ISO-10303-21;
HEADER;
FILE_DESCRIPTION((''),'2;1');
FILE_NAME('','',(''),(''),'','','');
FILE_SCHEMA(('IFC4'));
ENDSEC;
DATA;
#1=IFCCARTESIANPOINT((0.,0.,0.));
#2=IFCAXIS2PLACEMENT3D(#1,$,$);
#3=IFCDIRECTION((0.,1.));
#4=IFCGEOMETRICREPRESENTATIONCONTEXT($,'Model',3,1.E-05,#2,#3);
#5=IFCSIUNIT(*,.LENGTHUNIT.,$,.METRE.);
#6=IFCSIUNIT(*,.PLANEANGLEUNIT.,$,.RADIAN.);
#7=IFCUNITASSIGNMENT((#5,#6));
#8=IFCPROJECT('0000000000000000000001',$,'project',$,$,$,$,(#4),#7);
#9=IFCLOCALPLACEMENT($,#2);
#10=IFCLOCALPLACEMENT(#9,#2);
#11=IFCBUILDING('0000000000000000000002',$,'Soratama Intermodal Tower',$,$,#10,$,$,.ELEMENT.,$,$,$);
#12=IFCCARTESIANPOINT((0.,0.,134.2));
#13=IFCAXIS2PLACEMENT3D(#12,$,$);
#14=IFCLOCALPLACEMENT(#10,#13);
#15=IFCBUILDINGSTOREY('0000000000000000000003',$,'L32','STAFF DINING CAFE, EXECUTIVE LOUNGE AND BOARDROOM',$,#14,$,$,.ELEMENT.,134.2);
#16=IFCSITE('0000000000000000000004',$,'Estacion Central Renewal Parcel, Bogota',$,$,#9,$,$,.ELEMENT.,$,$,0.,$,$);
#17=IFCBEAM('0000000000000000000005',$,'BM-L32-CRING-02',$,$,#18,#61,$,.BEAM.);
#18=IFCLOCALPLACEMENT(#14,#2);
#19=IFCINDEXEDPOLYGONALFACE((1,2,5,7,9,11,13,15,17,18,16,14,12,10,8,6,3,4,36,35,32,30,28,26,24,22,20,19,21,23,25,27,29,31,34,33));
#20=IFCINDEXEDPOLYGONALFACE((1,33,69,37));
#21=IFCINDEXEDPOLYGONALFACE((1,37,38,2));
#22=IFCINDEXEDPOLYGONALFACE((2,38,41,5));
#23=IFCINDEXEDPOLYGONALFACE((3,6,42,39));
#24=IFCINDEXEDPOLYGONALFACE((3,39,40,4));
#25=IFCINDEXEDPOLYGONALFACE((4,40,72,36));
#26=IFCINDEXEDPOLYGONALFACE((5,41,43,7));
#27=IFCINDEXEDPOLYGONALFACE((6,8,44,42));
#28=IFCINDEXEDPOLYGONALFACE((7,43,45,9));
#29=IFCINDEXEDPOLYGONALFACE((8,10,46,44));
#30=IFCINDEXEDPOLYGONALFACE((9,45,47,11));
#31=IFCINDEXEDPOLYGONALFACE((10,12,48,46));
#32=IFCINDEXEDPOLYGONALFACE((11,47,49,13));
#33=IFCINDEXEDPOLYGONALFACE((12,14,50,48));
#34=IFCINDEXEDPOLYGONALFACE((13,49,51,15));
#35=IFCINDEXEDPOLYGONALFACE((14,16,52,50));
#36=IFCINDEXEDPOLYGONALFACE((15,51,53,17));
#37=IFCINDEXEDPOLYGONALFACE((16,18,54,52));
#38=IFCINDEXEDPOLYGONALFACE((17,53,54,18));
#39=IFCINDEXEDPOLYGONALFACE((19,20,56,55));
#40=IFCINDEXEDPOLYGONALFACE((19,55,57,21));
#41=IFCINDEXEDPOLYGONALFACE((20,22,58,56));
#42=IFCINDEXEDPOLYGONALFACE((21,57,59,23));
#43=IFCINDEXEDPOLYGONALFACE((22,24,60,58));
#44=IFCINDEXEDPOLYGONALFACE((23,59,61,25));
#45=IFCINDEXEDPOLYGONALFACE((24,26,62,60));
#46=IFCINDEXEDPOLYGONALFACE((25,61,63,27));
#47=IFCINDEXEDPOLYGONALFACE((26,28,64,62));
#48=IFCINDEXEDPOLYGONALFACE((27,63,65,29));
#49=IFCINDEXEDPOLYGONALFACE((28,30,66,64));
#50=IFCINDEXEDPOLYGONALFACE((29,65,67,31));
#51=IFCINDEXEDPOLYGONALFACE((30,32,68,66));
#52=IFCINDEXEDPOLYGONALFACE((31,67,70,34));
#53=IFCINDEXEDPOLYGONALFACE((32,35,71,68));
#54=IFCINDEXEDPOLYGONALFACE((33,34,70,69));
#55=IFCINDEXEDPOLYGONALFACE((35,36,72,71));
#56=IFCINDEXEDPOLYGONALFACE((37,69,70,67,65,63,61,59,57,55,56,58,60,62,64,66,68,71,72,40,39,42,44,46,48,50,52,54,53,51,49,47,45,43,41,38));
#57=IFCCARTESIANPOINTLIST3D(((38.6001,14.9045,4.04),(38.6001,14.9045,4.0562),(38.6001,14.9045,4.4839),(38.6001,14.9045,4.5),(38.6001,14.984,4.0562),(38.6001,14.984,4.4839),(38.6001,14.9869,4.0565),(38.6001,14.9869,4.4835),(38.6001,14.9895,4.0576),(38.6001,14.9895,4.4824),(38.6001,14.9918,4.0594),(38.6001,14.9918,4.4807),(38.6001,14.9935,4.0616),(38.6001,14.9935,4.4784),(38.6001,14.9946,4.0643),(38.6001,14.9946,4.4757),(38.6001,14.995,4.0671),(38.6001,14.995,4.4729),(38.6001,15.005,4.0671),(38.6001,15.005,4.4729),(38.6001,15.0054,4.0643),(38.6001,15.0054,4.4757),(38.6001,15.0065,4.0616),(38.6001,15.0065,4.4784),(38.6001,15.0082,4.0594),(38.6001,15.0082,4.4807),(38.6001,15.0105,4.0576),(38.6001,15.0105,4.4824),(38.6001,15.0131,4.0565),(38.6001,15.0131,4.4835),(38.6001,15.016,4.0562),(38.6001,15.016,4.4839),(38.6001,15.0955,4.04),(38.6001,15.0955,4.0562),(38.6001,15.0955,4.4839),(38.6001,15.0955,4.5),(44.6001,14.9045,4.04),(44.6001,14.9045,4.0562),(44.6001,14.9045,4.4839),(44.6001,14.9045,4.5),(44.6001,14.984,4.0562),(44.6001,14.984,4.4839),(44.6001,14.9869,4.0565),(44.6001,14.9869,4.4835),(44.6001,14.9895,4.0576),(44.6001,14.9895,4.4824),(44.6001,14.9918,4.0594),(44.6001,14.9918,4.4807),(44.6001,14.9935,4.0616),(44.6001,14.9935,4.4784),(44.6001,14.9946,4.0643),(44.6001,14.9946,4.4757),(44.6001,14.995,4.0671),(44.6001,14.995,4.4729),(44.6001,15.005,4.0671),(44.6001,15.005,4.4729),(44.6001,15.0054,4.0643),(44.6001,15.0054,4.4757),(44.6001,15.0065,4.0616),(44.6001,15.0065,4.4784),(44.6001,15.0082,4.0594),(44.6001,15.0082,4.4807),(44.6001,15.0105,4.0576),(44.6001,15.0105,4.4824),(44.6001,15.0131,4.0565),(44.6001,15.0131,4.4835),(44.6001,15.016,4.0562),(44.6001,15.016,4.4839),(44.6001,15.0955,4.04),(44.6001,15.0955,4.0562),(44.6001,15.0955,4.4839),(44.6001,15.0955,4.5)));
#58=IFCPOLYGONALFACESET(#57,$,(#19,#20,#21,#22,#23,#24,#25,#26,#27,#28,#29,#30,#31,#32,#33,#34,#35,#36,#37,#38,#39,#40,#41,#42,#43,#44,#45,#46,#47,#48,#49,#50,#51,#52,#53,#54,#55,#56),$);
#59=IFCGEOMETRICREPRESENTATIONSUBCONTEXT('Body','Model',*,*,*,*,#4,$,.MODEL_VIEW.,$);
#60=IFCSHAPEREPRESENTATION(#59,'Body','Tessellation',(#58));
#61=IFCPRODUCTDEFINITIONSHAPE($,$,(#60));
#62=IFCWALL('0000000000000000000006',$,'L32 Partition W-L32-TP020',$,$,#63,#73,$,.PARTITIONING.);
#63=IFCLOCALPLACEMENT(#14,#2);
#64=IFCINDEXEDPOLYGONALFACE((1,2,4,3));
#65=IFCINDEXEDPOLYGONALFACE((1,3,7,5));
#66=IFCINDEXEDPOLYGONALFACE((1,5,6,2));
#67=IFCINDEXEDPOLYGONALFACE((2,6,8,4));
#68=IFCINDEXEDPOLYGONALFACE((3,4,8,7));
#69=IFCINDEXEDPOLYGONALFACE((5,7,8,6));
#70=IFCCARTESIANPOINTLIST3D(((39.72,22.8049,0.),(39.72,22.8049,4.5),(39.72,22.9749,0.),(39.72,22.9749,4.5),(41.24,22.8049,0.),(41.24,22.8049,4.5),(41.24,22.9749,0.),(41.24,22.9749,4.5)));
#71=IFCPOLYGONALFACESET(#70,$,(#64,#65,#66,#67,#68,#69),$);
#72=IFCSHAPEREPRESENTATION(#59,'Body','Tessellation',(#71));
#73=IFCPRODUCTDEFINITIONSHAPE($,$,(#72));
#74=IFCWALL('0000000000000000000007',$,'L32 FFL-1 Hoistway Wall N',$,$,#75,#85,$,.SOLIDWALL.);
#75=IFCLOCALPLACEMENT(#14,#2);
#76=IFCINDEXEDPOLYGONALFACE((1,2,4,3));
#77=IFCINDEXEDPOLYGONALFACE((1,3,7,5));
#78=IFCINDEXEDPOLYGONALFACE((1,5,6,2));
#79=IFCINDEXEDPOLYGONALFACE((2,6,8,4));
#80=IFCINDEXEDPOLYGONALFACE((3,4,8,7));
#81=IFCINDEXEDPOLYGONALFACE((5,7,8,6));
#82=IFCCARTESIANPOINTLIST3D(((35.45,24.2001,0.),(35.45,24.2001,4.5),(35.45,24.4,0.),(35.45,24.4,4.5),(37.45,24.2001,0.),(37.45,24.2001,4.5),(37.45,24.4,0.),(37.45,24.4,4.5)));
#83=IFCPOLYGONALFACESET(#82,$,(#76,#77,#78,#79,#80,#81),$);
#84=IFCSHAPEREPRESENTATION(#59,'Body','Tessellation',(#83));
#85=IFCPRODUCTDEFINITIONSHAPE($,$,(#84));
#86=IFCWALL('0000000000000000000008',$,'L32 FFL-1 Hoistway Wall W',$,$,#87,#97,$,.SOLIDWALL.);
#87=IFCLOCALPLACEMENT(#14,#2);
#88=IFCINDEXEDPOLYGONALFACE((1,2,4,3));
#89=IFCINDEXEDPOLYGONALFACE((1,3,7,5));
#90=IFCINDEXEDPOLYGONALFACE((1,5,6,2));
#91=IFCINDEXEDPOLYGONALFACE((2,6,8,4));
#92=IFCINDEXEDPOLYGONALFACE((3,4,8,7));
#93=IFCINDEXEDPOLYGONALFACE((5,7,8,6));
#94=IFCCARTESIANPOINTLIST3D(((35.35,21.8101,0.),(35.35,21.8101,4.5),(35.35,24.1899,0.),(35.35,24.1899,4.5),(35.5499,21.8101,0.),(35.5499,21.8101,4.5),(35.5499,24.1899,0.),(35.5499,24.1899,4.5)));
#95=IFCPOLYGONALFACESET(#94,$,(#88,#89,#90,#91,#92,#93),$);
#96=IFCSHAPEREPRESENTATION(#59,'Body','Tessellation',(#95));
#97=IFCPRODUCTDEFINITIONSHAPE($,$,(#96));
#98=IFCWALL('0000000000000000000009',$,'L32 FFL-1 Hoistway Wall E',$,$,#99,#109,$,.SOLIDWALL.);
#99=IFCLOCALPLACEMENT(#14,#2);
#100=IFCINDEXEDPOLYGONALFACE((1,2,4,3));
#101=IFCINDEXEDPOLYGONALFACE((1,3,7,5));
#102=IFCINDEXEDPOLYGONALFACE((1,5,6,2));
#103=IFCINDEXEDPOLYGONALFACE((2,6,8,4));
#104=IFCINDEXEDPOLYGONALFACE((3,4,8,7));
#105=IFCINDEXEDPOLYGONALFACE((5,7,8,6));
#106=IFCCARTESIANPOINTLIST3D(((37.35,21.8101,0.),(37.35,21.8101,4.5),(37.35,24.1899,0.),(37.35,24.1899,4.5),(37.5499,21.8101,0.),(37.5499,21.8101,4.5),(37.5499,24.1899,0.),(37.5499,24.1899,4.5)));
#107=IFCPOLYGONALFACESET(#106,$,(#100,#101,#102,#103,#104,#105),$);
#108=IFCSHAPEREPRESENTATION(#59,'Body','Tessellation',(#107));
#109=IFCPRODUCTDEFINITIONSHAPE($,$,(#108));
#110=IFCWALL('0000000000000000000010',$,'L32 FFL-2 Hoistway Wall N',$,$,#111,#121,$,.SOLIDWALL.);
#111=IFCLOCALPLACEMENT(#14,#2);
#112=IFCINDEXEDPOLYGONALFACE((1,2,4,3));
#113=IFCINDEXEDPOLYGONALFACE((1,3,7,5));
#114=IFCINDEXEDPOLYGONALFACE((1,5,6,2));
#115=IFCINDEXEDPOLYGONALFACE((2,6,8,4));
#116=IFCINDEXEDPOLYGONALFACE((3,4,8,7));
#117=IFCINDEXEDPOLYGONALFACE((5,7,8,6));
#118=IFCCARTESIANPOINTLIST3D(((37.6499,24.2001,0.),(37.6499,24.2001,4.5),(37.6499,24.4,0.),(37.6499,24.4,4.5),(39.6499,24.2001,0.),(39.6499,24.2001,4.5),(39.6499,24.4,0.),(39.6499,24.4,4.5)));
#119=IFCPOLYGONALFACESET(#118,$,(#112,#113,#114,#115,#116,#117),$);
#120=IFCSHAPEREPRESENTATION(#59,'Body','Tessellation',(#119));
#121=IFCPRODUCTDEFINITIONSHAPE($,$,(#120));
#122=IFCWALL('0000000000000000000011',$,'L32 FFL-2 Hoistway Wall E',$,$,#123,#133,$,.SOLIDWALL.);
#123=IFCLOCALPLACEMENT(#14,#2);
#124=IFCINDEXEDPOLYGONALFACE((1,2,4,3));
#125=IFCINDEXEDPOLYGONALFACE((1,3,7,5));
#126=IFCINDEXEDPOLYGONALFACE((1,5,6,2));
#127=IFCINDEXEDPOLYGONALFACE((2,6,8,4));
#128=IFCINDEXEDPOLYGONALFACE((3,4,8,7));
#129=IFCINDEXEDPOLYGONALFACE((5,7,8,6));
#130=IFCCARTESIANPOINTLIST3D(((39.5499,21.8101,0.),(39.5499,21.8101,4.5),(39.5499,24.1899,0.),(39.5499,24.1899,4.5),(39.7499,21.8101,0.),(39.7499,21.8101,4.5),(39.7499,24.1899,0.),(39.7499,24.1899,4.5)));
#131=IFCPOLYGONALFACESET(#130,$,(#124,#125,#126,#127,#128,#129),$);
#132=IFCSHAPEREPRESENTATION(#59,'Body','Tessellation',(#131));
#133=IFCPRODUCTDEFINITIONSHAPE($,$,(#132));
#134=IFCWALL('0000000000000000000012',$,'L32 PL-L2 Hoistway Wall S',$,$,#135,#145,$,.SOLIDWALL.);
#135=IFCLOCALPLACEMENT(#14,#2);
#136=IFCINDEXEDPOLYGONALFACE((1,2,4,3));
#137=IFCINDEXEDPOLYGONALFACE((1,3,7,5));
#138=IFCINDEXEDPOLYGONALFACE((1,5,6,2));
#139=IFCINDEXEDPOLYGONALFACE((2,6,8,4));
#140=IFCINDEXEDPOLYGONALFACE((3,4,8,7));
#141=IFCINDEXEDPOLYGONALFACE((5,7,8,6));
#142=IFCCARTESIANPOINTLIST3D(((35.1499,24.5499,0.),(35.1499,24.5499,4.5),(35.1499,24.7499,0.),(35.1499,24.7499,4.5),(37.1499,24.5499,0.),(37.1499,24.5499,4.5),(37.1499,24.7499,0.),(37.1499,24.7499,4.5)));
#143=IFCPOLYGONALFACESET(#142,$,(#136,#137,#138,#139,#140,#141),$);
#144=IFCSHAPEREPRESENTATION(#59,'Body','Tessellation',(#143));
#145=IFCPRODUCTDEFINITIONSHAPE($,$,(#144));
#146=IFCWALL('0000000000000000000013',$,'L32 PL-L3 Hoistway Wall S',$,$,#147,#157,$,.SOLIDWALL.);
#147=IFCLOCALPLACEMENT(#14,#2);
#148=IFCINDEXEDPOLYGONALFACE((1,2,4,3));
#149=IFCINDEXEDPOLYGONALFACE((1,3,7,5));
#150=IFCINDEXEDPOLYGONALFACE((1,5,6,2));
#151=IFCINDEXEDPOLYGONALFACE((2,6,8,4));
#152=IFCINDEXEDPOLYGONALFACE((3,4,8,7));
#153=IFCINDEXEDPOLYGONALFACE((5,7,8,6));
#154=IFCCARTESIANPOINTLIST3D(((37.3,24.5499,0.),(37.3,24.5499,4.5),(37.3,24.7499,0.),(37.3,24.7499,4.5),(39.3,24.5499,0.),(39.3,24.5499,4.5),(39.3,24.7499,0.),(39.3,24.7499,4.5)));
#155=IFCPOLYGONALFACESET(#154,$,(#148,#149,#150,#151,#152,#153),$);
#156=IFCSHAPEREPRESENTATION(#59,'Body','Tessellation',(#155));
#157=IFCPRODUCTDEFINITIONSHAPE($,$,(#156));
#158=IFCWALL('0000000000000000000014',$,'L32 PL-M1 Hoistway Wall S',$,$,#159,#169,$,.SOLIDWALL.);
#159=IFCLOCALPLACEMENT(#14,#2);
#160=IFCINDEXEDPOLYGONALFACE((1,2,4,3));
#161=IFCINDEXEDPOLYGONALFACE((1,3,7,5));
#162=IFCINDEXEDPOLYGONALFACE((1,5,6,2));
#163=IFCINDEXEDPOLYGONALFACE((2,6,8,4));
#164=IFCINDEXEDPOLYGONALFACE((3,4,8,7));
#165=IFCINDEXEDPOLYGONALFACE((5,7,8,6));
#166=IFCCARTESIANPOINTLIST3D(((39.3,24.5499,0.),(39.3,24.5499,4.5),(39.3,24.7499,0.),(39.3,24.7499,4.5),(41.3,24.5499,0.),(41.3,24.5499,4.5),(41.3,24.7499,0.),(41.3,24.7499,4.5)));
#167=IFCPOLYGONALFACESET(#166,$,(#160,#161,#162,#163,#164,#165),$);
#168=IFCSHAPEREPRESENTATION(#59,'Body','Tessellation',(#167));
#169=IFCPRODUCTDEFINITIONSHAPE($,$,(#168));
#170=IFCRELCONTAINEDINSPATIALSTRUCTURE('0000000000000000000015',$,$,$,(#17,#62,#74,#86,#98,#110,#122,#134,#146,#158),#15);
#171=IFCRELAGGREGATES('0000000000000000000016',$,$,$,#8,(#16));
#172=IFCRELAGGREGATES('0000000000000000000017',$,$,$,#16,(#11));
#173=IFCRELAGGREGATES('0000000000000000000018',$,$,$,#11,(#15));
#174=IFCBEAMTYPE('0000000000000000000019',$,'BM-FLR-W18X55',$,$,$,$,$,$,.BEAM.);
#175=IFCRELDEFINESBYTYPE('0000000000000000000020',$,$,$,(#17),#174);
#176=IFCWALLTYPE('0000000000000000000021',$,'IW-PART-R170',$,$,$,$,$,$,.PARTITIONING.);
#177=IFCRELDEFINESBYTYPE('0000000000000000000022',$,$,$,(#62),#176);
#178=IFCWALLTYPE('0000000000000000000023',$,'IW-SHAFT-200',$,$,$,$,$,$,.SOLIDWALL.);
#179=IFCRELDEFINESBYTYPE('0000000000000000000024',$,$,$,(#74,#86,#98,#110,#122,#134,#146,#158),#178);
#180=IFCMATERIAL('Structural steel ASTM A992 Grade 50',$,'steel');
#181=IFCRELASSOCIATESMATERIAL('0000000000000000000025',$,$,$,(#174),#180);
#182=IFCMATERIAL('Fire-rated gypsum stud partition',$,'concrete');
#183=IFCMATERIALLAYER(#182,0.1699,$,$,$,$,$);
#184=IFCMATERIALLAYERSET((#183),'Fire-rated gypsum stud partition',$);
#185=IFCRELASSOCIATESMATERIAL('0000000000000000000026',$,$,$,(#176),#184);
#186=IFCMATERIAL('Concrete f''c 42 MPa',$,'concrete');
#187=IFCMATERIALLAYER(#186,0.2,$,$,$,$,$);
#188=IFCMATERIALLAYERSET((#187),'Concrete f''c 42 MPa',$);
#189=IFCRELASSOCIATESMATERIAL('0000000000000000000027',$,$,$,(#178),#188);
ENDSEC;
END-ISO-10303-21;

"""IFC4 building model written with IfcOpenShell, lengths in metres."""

from ifc_helpers import new_model, si_unit, direction, frame, frame_2d, origin, origin_2d, place, context, subcontext, project, spatial, rectangle, i_section, extrude, material, layer, layer_set, material_profile, profile_set, type_object, element, save


model = new_model("IFC4")

# Units and contexts
model_context = context("Model", 3, precision=1e-05, world=origin(), true_north=direction((0.0, 1.0)))
body_context = subcontext(model_context, "Body", "Model", "MODEL_VIEW")
ifc_project = project(units=[si_unit("LENGTHUNIT", "METRE"), si_unit("PLANEANGLEUNIT", "RADIAN")], contexts=[model_context])

# Site, building, storey
site_placement = place(None, origin())
site = spatial("IfcSite", under=ifc_project, at=site_placement, Name="Estacion Central Renewal Parcel, Bogota", CompositionType="ELEMENT", RefElevation=0.0)
building_placement = place(site_placement, origin())
building = spatial("IfcBuilding", under=site, at=building_placement, Name="Soratama Intermodal Tower", CompositionType="ELEMENT")
storey_placement = place(building_placement, frame((0.0, 0.0, 134.2)))
storey = spatial("IfcBuildingStorey", under=building, at=storey_placement, Name="L32", Description="STAFF DINING CAFE, EXECUTIVE LOUNGE AND BOARDROOM", CompositionType="ELEMENT", Elevation=134.2)

# Beam
ifc_material_1 = material(Name="Structural steel ASTM A992 Grade 50", Category="steel")
ifc_material_profile = material_profile(ifc_material_1, i_section(OverallWidth=0.1909, OverallDepth=0.46, WebThickness=0.01, FlangeThickness=0.0161, FilletRadius=0.011, at=origin_2d()), Name="W18X55")
ifc_profile_set = profile_set([ifc_material_profile], Name="Structural steel ASTM A992 Grade 50")
beam_type = type_object("IfcBeamType", Name="BM-FLR-W18X55", PredefinedType="BEAM", material=ifc_profile_set)
beam_placement = place(storey_placement, frame((38.6001, 15.0, 4.27), z_axis=(1.0, 0.0, 0.0), x_axis=(0.0, 1.0, 0.0)))
element("IfcBeam", 1, at=beam_placement, inside=storey, type_object=beam_type, Name="BM-L32-CRING-02", PredefinedType="BEAM", context=body_context, shape_type="SweptSolid", body=[
    extrude(i_section(OverallWidth=0.1909, OverallDepth=0.46, WebThickness=0.01, FlangeThickness=0.0161, FilletRadius=0.011, at=origin_2d()), origin(), (0.0, 0.0, 1.0), 6.0),
])

# Wall
ifc_material_2 = material(Name="Fire-rated gypsum stud partition", Category="concrete")
ifc_layer_1 = layer(ifc_material_2, 0.1699)
ifc_layer_set_1 = layer_set([ifc_layer_1], Name="Fire-rated gypsum stud partition")
wall_type_1 = type_object("IfcWallType", Name="IW-PART-R170", PredefinedType="PARTITIONING", material=ifc_layer_set_1)
wall_1_placement = place(storey_placement, frame((39.72, 22.8899, 0.0), z_axis=(0.0, 0.0, 1.0), x_axis=(1.0, 0.0, 0.0)))
element("IfcWall", 2, at=wall_1_placement, inside=storey, type_object=wall_type_1, Name="L32 Partition W-L32-TP020", PredefinedType="PARTITIONING", context=body_context, shape_type="SweptSolid", body=[
    extrude(rectangle(XDim=1.52, YDim=0.1699, at=frame_2d((0.76, 0.0))), origin(), (0.0, 0.0, 1.0), 4.5),
])

# Shared definitions
ifc_material_3 = material(Name="Concrete f'c 42 MPa", Category="concrete")
ifc_layer_2 = layer(ifc_material_3, 0.2)
ifc_layer_set_2 = layer_set([ifc_layer_2], Name="Concrete f'c 42 MPa")
wall_type_2 = type_object("IfcWallType", Name="IW-SHAFT-200", PredefinedType="SOLIDWALL", material=ifc_layer_set_2)

# Walls
wall_2_placement = place(storey_placement, frame((35.45, 24.3, 0.0), z_axis=(0.0, 0.0, 1.0), x_axis=(1.0, 0.0, 0.0)))
element("IfcWall", 3, at=wall_2_placement, inside=storey, type_object=wall_type_2, Name="L32 FFL-1 Hoistway Wall N", PredefinedType="SOLIDWALL", context=body_context, shape_type="SweptSolid", body=[
    extrude(rectangle(XDim=2.0, YDim=0.2, at=frame_2d((1.0, 0.0))), origin(), (0.0, 0.0, 1.0), 4.5),
])
for number, where, z_axis, x_axis, name in (
    (4, (35.45, 21.8101, 0.0), (0.0, 0.0, 1.0), (0.0, 1.0, 0.0), "L32 FFL-1 Hoistway Wall W"),
    (5, (37.45, 21.8101, 0.0), (0.0, 0.0, 1.0), (0.0, 1.0, 0.0), "L32 FFL-1 Hoistway Wall E"),
):
    element("IfcWall", number, at=place(storey_placement, frame(where, z_axis=z_axis, x_axis=x_axis)), inside=storey, type_object=wall_type_2, Name=name, PredefinedType="SOLIDWALL", context=body_context, shape_type="SweptSolid", body=[
        extrude(rectangle(XDim=2.3799, YDim=0.2, at=frame_2d((1.1899, 0.0))), origin(), (0.0, 0.0, 1.0), 4.5),
    ])

# Walls
wall_3_placement = place(storey_placement, frame((37.6499, 24.3, 0.0), z_axis=(0.0, 0.0, 1.0), x_axis=(1.0, 0.0, 0.0)))
element("IfcWall", 6, at=wall_3_placement, inside=storey, type_object=wall_type_2, Name="L32 FFL-2 Hoistway Wall N", PredefinedType="SOLIDWALL", context=body_context, shape_type="SweptSolid", body=[
    extrude(rectangle(XDim=2.0, YDim=0.2, at=frame_2d((1.0, 0.0))), origin(), (0.0, 0.0, 1.0), 4.5),
])
wall_4_placement = place(storey_placement, frame((39.6499, 21.8101, 0.0), z_axis=(0.0, 0.0, 1.0), x_axis=(0.0, 1.0, 0.0)))
element("IfcWall", 7, at=wall_4_placement, inside=storey, type_object=wall_type_2, Name="L32 FFL-2 Hoistway Wall E", PredefinedType="SOLIDWALL", context=body_context, shape_type="SweptSolid", body=[
    extrude(rectangle(XDim=2.3799, YDim=0.2, at=frame_2d((1.1899, 0.0))), origin(), (0.0, 0.0, 1.0), 4.5),
])

# Walls
for number, where, z_axis, x_axis, name in (
    (8, (35.1499, 24.6499, 0.0), (0.0, 0.0, 1.0), (1.0, 0.0, 0.0), "L32 PL-L2 Hoistway Wall S"),
    (9, (37.3, 24.6499, 0.0), (0.0, 0.0, 1.0), (1.0, 0.0, 0.0), "L32 PL-L3 Hoistway Wall S"),
    (10, (39.3, 24.6499, 0.0), (0.0, 0.0, 1.0), (1.0, 0.0, 0.0), "L32 PL-M1 Hoistway Wall S"),
):
    element("IfcWall", number, at=place(storey_placement, frame(where, z_axis=z_axis, x_axis=x_axis)), inside=storey, type_object=wall_type_2, Name=name, PredefinedType="SOLIDWALL", context=body_context, shape_type="SweptSolid", body=[
        extrude(rectangle(XDim=2.0, YDim=0.2, at=frame_2d((1.0, 0.0))), origin(), (0.0, 0.0, 1.0), 4.5),
    ])

save(model, "model.ifc")
